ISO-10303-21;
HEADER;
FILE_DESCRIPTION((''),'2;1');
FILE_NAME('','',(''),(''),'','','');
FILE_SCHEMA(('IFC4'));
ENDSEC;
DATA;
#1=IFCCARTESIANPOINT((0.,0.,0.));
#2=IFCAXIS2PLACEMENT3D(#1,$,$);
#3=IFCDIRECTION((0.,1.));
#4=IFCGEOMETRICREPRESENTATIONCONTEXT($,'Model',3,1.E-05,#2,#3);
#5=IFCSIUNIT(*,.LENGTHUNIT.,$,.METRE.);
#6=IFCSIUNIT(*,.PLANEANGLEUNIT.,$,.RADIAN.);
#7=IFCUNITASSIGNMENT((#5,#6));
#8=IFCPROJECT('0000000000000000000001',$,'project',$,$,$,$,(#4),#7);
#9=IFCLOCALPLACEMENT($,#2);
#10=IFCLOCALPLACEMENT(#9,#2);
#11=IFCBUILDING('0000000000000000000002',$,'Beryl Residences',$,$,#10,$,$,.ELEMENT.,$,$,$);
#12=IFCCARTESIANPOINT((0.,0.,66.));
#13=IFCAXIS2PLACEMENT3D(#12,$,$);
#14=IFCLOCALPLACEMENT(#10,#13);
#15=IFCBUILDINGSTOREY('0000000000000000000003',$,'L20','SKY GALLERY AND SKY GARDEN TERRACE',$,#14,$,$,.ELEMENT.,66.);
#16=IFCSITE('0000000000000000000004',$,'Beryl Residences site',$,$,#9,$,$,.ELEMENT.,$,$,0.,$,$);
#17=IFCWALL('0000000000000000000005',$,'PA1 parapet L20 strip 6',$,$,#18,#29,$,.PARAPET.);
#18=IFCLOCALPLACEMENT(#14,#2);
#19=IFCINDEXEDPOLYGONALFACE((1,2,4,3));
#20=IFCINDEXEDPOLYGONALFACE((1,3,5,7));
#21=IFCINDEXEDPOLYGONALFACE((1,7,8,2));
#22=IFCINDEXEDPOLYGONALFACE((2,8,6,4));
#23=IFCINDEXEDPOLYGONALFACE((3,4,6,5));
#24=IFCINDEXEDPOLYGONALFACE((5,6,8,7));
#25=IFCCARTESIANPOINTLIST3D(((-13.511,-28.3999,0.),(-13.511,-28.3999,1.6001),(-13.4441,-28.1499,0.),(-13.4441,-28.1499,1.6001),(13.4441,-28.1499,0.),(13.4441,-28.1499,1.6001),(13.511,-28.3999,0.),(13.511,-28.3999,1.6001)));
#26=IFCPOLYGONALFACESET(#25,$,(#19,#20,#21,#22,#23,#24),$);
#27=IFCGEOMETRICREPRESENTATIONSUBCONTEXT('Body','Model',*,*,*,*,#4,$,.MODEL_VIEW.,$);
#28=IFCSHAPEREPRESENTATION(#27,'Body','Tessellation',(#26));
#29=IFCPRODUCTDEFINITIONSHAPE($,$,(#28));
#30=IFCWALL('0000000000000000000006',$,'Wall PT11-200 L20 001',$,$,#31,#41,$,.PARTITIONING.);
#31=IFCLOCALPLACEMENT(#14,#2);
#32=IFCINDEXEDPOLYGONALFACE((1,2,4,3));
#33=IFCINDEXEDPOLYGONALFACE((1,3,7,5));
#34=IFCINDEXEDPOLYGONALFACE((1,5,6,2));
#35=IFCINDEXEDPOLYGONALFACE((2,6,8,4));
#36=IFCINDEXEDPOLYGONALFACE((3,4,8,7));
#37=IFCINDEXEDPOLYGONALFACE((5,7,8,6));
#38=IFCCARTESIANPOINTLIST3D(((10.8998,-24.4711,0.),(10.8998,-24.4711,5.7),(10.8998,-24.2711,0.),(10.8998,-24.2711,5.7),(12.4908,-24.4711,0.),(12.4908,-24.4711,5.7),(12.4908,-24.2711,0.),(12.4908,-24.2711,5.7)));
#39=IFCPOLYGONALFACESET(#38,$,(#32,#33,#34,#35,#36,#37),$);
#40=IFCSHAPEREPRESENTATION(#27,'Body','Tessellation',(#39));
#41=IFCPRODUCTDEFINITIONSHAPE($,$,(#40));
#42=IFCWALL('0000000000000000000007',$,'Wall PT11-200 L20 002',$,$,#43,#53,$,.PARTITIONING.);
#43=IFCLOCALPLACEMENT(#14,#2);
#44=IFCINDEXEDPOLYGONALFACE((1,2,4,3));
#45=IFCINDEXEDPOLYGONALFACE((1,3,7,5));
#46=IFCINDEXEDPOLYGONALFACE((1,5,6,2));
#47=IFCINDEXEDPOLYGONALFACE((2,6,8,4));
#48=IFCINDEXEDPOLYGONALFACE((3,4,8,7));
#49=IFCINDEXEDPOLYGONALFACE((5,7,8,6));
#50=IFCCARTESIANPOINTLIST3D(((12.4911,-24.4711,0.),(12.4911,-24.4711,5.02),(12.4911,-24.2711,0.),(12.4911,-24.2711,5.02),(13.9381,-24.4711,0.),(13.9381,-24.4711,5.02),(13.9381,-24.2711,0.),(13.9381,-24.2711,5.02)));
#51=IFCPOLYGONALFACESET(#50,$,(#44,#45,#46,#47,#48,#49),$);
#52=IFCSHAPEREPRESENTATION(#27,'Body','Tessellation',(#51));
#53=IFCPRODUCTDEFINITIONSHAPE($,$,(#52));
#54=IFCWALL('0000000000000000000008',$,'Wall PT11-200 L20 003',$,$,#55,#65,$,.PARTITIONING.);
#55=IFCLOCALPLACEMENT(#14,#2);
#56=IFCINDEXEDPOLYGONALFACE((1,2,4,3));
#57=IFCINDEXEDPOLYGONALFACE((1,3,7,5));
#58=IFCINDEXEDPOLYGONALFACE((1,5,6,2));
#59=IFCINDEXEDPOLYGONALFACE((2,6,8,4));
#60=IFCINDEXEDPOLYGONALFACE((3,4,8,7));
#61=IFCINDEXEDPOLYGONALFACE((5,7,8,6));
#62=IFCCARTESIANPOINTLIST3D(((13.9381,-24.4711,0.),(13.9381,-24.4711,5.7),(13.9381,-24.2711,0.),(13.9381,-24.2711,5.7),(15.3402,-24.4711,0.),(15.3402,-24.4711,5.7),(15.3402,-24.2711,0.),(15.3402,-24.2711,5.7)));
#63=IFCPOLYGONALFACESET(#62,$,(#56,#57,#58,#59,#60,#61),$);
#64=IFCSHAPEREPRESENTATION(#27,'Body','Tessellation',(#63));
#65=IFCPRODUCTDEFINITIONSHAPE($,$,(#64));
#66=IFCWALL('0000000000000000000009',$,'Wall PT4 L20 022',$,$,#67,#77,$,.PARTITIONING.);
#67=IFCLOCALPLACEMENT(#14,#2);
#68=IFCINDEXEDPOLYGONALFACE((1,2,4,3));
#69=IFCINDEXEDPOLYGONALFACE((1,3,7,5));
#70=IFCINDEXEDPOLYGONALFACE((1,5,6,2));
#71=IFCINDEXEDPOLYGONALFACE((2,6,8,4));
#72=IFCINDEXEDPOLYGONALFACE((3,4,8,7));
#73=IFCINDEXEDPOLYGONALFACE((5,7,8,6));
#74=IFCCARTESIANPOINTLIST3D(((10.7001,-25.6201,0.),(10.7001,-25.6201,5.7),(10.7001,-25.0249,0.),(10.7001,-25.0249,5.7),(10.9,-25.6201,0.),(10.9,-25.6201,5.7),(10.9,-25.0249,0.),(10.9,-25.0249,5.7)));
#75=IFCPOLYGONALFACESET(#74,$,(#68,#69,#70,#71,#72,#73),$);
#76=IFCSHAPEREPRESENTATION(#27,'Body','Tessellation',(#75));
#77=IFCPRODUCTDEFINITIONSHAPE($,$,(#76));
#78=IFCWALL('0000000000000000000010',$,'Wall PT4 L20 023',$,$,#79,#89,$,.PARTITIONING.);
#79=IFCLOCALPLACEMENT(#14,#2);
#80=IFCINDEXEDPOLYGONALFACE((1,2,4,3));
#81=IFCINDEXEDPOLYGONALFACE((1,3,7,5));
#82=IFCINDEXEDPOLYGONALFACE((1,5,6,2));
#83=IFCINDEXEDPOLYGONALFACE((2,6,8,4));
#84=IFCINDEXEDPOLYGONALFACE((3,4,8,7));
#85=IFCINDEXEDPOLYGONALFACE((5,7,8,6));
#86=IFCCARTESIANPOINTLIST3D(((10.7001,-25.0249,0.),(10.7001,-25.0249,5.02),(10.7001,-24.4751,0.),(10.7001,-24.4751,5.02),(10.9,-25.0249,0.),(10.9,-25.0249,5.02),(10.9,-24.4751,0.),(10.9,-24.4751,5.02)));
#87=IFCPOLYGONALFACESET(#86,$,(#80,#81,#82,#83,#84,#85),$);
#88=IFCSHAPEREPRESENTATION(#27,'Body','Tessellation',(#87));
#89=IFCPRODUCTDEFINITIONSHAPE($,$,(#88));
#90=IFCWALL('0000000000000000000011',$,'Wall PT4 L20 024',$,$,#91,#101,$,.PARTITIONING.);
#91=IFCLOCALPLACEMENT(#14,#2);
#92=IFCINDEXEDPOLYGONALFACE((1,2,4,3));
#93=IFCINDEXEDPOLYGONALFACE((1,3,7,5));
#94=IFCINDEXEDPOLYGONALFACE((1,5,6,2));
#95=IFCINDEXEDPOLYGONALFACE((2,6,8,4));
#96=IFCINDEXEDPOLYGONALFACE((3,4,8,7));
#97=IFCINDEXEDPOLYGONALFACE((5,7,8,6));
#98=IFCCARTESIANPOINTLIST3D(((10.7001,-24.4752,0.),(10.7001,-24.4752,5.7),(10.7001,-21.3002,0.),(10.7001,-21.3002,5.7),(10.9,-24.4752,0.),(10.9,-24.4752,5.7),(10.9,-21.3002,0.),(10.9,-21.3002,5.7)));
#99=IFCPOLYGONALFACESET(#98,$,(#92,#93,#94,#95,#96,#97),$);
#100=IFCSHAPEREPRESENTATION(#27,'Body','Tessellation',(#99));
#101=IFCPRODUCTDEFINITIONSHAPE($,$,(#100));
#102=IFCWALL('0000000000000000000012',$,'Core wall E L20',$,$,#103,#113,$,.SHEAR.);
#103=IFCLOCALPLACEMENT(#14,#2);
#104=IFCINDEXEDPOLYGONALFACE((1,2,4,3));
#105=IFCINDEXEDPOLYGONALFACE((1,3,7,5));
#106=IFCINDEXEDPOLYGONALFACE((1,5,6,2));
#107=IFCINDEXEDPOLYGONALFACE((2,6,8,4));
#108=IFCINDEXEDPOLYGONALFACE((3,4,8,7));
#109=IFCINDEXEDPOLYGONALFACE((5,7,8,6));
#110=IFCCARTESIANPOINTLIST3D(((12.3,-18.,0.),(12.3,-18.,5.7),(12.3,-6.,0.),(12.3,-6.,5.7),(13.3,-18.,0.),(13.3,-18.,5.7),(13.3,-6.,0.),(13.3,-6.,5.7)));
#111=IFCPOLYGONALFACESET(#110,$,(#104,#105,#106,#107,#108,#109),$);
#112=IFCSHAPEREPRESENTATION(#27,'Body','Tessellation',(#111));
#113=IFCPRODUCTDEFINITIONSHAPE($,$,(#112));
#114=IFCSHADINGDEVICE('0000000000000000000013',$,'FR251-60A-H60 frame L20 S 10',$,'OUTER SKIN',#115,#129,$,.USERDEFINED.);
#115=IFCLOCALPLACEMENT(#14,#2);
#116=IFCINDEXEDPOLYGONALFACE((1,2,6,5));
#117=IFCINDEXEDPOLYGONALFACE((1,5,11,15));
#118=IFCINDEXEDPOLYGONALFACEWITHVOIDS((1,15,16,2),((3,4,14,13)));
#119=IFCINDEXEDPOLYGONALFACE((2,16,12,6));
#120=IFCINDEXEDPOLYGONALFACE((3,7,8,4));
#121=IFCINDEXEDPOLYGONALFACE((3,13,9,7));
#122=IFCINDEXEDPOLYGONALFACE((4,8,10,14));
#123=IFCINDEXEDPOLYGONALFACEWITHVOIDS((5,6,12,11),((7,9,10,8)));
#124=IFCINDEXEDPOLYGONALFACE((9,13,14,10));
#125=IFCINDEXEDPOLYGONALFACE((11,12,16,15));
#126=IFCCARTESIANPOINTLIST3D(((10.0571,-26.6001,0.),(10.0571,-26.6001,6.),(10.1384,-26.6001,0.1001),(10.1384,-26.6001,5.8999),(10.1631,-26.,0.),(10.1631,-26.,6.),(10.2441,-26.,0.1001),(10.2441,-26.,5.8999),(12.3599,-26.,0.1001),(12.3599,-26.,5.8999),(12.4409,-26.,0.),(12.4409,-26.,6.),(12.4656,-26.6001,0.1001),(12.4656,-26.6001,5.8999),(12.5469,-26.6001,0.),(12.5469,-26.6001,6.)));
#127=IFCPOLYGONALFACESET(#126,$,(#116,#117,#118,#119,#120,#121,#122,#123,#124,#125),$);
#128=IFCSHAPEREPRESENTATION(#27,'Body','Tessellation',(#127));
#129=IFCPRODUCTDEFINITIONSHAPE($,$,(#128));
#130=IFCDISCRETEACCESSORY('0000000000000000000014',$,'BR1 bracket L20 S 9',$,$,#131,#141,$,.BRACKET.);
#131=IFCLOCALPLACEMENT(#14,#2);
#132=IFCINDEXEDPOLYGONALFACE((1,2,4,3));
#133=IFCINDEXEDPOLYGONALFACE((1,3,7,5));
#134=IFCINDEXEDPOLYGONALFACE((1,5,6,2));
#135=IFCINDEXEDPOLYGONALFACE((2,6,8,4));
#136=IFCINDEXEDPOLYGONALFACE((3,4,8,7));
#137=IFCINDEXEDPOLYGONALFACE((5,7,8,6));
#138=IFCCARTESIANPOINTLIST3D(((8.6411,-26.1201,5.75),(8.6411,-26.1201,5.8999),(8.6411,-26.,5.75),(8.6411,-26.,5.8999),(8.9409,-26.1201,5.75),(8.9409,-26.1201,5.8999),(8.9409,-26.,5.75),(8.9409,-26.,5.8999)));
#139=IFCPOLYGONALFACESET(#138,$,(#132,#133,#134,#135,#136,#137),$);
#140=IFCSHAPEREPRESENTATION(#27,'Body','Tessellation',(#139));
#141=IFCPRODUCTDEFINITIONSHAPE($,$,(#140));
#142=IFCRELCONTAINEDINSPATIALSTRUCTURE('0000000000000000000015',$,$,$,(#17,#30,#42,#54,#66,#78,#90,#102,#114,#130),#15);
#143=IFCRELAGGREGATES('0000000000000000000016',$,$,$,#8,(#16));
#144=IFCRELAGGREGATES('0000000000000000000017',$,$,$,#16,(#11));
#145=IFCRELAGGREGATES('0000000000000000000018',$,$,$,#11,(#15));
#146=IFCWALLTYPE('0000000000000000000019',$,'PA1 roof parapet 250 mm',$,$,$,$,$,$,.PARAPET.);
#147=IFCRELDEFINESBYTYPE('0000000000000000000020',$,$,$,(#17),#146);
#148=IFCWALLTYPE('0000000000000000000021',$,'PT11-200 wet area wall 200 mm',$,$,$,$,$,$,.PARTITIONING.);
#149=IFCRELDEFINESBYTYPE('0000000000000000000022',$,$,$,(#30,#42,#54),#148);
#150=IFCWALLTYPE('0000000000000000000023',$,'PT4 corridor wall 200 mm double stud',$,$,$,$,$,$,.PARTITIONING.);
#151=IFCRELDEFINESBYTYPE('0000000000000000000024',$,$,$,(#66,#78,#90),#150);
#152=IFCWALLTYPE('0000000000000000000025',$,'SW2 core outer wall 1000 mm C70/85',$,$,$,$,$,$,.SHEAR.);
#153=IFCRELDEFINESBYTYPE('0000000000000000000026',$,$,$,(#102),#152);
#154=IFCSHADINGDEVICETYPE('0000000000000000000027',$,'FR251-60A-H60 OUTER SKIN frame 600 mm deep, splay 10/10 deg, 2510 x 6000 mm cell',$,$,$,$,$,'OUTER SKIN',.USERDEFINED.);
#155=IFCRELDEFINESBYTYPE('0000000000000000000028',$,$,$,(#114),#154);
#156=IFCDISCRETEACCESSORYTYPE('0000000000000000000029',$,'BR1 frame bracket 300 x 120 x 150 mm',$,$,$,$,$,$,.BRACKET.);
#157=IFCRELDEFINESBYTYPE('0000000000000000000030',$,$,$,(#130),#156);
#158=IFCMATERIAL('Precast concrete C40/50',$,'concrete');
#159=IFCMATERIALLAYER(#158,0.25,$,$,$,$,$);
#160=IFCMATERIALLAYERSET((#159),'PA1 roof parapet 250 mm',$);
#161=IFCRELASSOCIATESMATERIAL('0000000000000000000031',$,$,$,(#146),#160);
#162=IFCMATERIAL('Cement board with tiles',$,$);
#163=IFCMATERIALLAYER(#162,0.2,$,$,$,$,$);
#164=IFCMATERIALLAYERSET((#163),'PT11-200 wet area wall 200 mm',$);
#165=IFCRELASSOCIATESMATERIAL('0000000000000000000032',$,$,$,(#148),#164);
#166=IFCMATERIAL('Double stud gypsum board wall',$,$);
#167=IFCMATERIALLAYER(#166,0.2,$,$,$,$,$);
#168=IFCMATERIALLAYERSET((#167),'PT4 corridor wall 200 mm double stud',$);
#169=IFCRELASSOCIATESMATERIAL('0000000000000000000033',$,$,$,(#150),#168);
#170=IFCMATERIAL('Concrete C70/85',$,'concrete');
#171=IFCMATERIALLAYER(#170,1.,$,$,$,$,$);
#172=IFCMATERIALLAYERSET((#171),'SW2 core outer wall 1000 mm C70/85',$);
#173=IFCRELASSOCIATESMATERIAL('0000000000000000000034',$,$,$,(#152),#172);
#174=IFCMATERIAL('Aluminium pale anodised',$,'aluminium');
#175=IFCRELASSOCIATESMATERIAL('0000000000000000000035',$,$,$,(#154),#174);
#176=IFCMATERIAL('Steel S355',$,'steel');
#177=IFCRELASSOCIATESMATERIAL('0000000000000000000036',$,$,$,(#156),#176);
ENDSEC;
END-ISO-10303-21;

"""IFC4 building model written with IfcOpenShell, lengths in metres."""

from ifc_helpers import new_model, entity, si_unit, direction, frame, frame_2d, origin, place, context, subcontext, project, spatial, polyline, rectangle, outline, extrude, source, transform, mapped, material, layer, layer_set, type_object, type_shapes, element, save


model = new_model("IFC4")

# Units and contexts
model_context = context("Model", 3, precision=1e-05, world=origin(), true_north=direction((0.0, 1.0)))
body_context = subcontext(model_context, "Body", "Model", "MODEL_VIEW")
ifc_project = project(units=[si_unit("LENGTHUNIT", "METRE"), si_unit("PLANEANGLEUNIT", "RADIAN")], contexts=[model_context])

# Site, building, storey
site_placement = place(None, origin())
site = spatial("IfcSite", under=ifc_project, at=site_placement, Name="Beryl Residences site", CompositionType="ELEMENT", RefElevation=0.0)
building_placement = place(site_placement, origin())
building = spatial("IfcBuilding", under=site, at=building_placement, Name="Beryl Residences", CompositionType="ELEMENT")
storey_placement = place(building_placement, frame((0.0, 0.0, 66.0)))
storey = spatial("IfcBuildingStorey", under=building, at=storey_placement, Name="L20", Description="SKY GALLERY AND SKY GARDEN TERRACE", CompositionType="ELEMENT", Elevation=66.0)

# Walls
ifc_material_1 = material(Name="Precast concrete C40/50", Category="concrete")
ifc_layer_1 = layer(ifc_material_1, 0.25)
ifc_layer_set_1 = layer_set([ifc_layer_1], Name="PA1 roof parapet 250 mm")
wall_type_1 = type_object("IfcWallType", Name="PA1 roof parapet 250 mm", PredefinedType="PARAPET", material=ifc_layer_set_1)
wall_1_placement = place(storey_placement, frame((13.511, -28.2749, 0.0), z_axis=(0.0, 0.0, 1.0), x_axis=(-1.0, 0.0, 0.0)))
element("IfcWall", 1, at=wall_1_placement, inside=storey, type_object=wall_type_1, Name="PA1 parapet L20 strip 6", PredefinedType="PARAPET", context=body_context, shape_type="SweptSolid", body=[
    extrude(outline(polyline([(0.0669, -0.125), (26.9551, -0.125), (27.022, 0.125), (0.0, 0.125), (0.0669, -0.125)])), origin(), (0.0, 0.0, 1.0), 1.6001),
])
ifc_material_2 = material(Name="Cement board with tiles")
ifc_layer_2 = layer(ifc_material_2, 0.2)
ifc_layer_set_2 = layer_set([ifc_layer_2], Name="PT11-200 wet area wall 200 mm")
wall_type_2 = type_object("IfcWallType", Name="PT11-200 wet area wall 200 mm", PredefinedType="PARTITIONING", material=ifc_layer_set_2)
wall_2_placement = place(storey_placement, frame((10.8999, -24.3711, 0.0), z_axis=(0.0, 0.0, 1.0), x_axis=(1.0, 0.0, 0.0)))
element("IfcWall", 2, at=wall_2_placement, inside=storey, type_object=wall_type_2, Name="Wall PT11-200 L20 001", PredefinedType="PARTITIONING", context=body_context, shape_type="SweptSolid", body=[
    extrude(rectangle(XDim=1.5911, YDim=0.2, at=frame_2d((0.7954, 0.0))), origin(), (0.0, 0.0, 1.0), 5.7),
])
wall_3_placement = place(storey_placement, frame((12.491, -24.3711, 0.0), z_axis=(0.0, 0.0, 1.0), x_axis=(1.0, 0.0, 0.0)))
element("IfcWall", 3, at=wall_3_placement, inside=storey, type_object=wall_type_2, Name="Wall PT11-200 L20 002", PredefinedType="PARTITIONING", context=body_context, shape_type="SweptSolid", body=[
    extrude(rectangle(XDim=1.447, YDim=0.2, at=frame_2d((0.7236, 0.0))), origin(), (0.0, 0.0, 1.0), 5.02),
])
wall_4_placement = place(storey_placement, frame((13.938, -24.3711, 0.0), z_axis=(0.0, 0.0, 1.0), x_axis=(1.0, 0.0, 0.0)))
element("IfcWall", 4, at=wall_4_placement, inside=storey, type_object=wall_type_2, Name="Wall PT11-200 L20 003", PredefinedType="PARTITIONING", context=body_context, shape_type="SweptSolid", body=[
    extrude(rectangle(XDim=1.4021, YDim=0.2, at=frame_2d((0.7012, 0.0))), origin(), (0.0, 0.0, 1.0), 5.7),
])
ifc_material_3 = material(Name="Double stud gypsum board wall")
ifc_layer_3 = layer(ifc_material_3, 0.2)
ifc_layer_set_3 = layer_set([ifc_layer_3], Name="PT4 corridor wall 200 mm double stud")
wall_type_3 = type_object("IfcWallType", Name="PT4 corridor wall 200 mm double stud", PredefinedType="PARTITIONING", material=ifc_layer_set_3)
wall_5_placement = place(storey_placement, frame((10.8, -25.6201, 0.0), z_axis=(0.0, 0.0, 1.0), x_axis=(0.0, 1.0, 0.0)))
element("IfcWall", 5, at=wall_5_placement, inside=storey, type_object=wall_type_3, Name="Wall PT4 L20 022", PredefinedType="PARTITIONING", context=body_context, shape_type="SweptSolid", body=[
    extrude(rectangle(XDim=0.5952, YDim=0.2, at=frame_2d((0.2976, 0.0))), origin(), (0.0, 0.0, 1.0), 5.7),
])
wall_6_placement = place(storey_placement, frame((10.8, -25.0249, 0.0), z_axis=(0.0, 0.0, 1.0), x_axis=(0.0, 1.0, 0.0)))
element("IfcWall", 6, at=wall_6_placement, inside=storey, type_object=wall_type_3, Name="Wall PT4 L20 023", PredefinedType="PARTITIONING", context=body_context, shape_type="SweptSolid", body=[
    extrude(rectangle(XDim=0.5498, YDim=0.2, at=frame_2d((0.2749, 0.0))), origin(), (0.0, 0.0, 1.0), 5.02),
])
wall_7_placement = place(storey_placement, frame((10.8, -24.4751, 0.0), z_axis=(0.0, 0.0, 1.0), x_axis=(0.0, 1.0, 0.0)))
element("IfcWall", 7, at=wall_7_placement, inside=storey, type_object=wall_type_3, Name="Wall PT4 L20 024", PredefinedType="PARTITIONING", context=body_context, shape_type="SweptSolid", body=[
    extrude(rectangle(XDim=3.175, YDim=0.2, at=frame_2d((1.5874, 0.0))), origin(), (0.0, 0.0, 1.0), 5.7),
])
ifc_material_4 = material(Name="Concrete C70/85", Category="concrete")
ifc_layer_4 = layer(ifc_material_4, 1.0)
ifc_layer_set_4 = layer_set([ifc_layer_4], Name="SW2 core outer wall 1000 mm C70/85")
wall_type_4 = type_object("IfcWallType", Name="SW2 core outer wall 1000 mm C70/85", PredefinedType="SHEAR", material=ifc_layer_set_4)
wall_8_placement = place(storey_placement, frame((12.8, -18.0, 0.0), z_axis=(0.0, 0.0, 1.0), x_axis=(0.0, 1.0, 0.0)))
element("IfcWall", 8, at=wall_8_placement, inside=storey, type_object=wall_type_4, Name="Core wall E L20", PredefinedType="SHEAR", context=body_context, shape_type="SweptSolid", body=[
    extrude(rectangle(XDim=12.0, YDim=1.0, at=frame_2d((6.0, 0.0))), origin(), (0.0, 0.0, 1.0), 5.7),
])

# Shading device
ifc_material_5 = material(Name="Aluminium pale anodised", Category="aluminium")
shading_device_type = type_object("IfcShadingDeviceType", Name="FR251-60A-H60 OUTER SKIN frame 600 mm deep, splay 10/10 deg, 2510 x 6000 mm cell", ElementType="OUTER SKIN", PredefinedType="USERDEFINED", material=ifc_material_5)
cartesian_point_1 = entity("IfcCartesianPoint", [-1.1389, 0.0])
cartesian_point_2 = entity("IfcCartesianPoint", [-1.0579, 0.1001])
cartesian_point_3 = entity("IfcCartesianPoint", [-1.2449, 0.0])
cartesian_point_4 = entity("IfcCartesianPoint", [-1.1636, 0.1001])
shared_shape_1 = source(origin(), body_context, "Body", "SweptSolid", [
    entity("IfcExtrudedAreaSolidTapered", entity("IfcArbitraryProfileDefWithVoids", "AREA", None, entity("IfcPolyline", [cartesian_point_1, entity("IfcCartesianPoint", [1.1389, 0.0]), entity("IfcCartesianPoint", [1.1389, 6.0]), entity("IfcCartesianPoint", [-1.1389, 6.0]), cartesian_point_1]), [entity("IfcPolyline", [cartesian_point_2, entity("IfcCartesianPoint", [1.0579, 0.1001]), entity("IfcCartesianPoint", [1.0579, 5.8999]), entity("IfcCartesianPoint", [-1.0579, 5.8999]), cartesian_point_2])]), entity("IfcAxis2Placement3D", entity("IfcCartesianPoint", [0.0, 0.0, 0.0]), entity("IfcDirection", [0.0, 1.0, 0.0]), entity("IfcDirection", [-1.0, 0.0, 0.0])), entity("IfcDirection", [0.0, 0.0, 1.0]), 0.6001, entity("IfcArbitraryProfileDefWithVoids", "AREA", None, entity("IfcPolyline", [cartesian_point_3, entity("IfcCartesianPoint", [1.2449, 0.0]), entity("IfcCartesianPoint", [1.2449, 6.0]), entity("IfcCartesianPoint", [-1.2449, 6.0]), cartesian_point_3]), [entity("IfcPolyline", [cartesian_point_4, entity("IfcCartesianPoint", [1.1636, 0.1001]), entity("IfcCartesianPoint", [1.1636, 5.8999]), entity("IfcCartesianPoint", [-1.1636, 5.8999]), cartesian_point_4])])),
])
type_shapes(shading_device_type, [shared_shape_1])
shading_device_placement = place(storey_placement, frame((11.302, -26.0, 0.0), z_axis=(0.0, 0.0, 1.0), x_axis=(-1.0, 0.0, 0.0)))
element("IfcShadingDevice", 9, at=shading_device_placement, inside=storey, type_object=shading_device_type, Name="FR251-60A-H60 frame L20 S 10", ObjectType="OUTER SKIN", PredefinedType="USERDEFINED", context=body_context, shape_type="MappedRepresentation", body=[
    mapped(shared_shape_1, transform((0.0, 0.0, 0.0))),
])

# Discrete accessory
ifc_material_6 = material(Name="Steel S355", Category="steel")
discrete_accessory_type = type_object("IfcDiscreteAccessoryType", Name="BR1 frame bracket 300 x 120 x 150 mm", PredefinedType="BRACKET", material=ifc_material_6)
shared_shape_2 = source(origin(), body_context, "Body", "SweptSolid", [
    extrude(outline(polyline([(-0.1499, 0.0), (0.1499, 0.0), (0.1499, 0.1201), (-0.1499, 0.1201), (-0.1499, 0.0)])), origin(), (0.0, 0.0, 1.0), 0.1499),
])
type_shapes(discrete_accessory_type, [shared_shape_2])
discrete_accessory_placement = place(storey_placement, frame((8.791, -26.0, 5.75), z_axis=(0.0, 0.0, 1.0), x_axis=(-1.0, 0.0, 0.0)))
element("IfcDiscreteAccessory", 10, at=discrete_accessory_placement, inside=storey, type_object=discrete_accessory_type, Name="BR1 bracket L20 S 9", PredefinedType="BRACKET", context=body_context, shape_type="MappedRepresentation", body=[
    mapped(shared_shape_2, transform((0.0, 0.0, 0.0))),
])

save(model, "model.ifc")
